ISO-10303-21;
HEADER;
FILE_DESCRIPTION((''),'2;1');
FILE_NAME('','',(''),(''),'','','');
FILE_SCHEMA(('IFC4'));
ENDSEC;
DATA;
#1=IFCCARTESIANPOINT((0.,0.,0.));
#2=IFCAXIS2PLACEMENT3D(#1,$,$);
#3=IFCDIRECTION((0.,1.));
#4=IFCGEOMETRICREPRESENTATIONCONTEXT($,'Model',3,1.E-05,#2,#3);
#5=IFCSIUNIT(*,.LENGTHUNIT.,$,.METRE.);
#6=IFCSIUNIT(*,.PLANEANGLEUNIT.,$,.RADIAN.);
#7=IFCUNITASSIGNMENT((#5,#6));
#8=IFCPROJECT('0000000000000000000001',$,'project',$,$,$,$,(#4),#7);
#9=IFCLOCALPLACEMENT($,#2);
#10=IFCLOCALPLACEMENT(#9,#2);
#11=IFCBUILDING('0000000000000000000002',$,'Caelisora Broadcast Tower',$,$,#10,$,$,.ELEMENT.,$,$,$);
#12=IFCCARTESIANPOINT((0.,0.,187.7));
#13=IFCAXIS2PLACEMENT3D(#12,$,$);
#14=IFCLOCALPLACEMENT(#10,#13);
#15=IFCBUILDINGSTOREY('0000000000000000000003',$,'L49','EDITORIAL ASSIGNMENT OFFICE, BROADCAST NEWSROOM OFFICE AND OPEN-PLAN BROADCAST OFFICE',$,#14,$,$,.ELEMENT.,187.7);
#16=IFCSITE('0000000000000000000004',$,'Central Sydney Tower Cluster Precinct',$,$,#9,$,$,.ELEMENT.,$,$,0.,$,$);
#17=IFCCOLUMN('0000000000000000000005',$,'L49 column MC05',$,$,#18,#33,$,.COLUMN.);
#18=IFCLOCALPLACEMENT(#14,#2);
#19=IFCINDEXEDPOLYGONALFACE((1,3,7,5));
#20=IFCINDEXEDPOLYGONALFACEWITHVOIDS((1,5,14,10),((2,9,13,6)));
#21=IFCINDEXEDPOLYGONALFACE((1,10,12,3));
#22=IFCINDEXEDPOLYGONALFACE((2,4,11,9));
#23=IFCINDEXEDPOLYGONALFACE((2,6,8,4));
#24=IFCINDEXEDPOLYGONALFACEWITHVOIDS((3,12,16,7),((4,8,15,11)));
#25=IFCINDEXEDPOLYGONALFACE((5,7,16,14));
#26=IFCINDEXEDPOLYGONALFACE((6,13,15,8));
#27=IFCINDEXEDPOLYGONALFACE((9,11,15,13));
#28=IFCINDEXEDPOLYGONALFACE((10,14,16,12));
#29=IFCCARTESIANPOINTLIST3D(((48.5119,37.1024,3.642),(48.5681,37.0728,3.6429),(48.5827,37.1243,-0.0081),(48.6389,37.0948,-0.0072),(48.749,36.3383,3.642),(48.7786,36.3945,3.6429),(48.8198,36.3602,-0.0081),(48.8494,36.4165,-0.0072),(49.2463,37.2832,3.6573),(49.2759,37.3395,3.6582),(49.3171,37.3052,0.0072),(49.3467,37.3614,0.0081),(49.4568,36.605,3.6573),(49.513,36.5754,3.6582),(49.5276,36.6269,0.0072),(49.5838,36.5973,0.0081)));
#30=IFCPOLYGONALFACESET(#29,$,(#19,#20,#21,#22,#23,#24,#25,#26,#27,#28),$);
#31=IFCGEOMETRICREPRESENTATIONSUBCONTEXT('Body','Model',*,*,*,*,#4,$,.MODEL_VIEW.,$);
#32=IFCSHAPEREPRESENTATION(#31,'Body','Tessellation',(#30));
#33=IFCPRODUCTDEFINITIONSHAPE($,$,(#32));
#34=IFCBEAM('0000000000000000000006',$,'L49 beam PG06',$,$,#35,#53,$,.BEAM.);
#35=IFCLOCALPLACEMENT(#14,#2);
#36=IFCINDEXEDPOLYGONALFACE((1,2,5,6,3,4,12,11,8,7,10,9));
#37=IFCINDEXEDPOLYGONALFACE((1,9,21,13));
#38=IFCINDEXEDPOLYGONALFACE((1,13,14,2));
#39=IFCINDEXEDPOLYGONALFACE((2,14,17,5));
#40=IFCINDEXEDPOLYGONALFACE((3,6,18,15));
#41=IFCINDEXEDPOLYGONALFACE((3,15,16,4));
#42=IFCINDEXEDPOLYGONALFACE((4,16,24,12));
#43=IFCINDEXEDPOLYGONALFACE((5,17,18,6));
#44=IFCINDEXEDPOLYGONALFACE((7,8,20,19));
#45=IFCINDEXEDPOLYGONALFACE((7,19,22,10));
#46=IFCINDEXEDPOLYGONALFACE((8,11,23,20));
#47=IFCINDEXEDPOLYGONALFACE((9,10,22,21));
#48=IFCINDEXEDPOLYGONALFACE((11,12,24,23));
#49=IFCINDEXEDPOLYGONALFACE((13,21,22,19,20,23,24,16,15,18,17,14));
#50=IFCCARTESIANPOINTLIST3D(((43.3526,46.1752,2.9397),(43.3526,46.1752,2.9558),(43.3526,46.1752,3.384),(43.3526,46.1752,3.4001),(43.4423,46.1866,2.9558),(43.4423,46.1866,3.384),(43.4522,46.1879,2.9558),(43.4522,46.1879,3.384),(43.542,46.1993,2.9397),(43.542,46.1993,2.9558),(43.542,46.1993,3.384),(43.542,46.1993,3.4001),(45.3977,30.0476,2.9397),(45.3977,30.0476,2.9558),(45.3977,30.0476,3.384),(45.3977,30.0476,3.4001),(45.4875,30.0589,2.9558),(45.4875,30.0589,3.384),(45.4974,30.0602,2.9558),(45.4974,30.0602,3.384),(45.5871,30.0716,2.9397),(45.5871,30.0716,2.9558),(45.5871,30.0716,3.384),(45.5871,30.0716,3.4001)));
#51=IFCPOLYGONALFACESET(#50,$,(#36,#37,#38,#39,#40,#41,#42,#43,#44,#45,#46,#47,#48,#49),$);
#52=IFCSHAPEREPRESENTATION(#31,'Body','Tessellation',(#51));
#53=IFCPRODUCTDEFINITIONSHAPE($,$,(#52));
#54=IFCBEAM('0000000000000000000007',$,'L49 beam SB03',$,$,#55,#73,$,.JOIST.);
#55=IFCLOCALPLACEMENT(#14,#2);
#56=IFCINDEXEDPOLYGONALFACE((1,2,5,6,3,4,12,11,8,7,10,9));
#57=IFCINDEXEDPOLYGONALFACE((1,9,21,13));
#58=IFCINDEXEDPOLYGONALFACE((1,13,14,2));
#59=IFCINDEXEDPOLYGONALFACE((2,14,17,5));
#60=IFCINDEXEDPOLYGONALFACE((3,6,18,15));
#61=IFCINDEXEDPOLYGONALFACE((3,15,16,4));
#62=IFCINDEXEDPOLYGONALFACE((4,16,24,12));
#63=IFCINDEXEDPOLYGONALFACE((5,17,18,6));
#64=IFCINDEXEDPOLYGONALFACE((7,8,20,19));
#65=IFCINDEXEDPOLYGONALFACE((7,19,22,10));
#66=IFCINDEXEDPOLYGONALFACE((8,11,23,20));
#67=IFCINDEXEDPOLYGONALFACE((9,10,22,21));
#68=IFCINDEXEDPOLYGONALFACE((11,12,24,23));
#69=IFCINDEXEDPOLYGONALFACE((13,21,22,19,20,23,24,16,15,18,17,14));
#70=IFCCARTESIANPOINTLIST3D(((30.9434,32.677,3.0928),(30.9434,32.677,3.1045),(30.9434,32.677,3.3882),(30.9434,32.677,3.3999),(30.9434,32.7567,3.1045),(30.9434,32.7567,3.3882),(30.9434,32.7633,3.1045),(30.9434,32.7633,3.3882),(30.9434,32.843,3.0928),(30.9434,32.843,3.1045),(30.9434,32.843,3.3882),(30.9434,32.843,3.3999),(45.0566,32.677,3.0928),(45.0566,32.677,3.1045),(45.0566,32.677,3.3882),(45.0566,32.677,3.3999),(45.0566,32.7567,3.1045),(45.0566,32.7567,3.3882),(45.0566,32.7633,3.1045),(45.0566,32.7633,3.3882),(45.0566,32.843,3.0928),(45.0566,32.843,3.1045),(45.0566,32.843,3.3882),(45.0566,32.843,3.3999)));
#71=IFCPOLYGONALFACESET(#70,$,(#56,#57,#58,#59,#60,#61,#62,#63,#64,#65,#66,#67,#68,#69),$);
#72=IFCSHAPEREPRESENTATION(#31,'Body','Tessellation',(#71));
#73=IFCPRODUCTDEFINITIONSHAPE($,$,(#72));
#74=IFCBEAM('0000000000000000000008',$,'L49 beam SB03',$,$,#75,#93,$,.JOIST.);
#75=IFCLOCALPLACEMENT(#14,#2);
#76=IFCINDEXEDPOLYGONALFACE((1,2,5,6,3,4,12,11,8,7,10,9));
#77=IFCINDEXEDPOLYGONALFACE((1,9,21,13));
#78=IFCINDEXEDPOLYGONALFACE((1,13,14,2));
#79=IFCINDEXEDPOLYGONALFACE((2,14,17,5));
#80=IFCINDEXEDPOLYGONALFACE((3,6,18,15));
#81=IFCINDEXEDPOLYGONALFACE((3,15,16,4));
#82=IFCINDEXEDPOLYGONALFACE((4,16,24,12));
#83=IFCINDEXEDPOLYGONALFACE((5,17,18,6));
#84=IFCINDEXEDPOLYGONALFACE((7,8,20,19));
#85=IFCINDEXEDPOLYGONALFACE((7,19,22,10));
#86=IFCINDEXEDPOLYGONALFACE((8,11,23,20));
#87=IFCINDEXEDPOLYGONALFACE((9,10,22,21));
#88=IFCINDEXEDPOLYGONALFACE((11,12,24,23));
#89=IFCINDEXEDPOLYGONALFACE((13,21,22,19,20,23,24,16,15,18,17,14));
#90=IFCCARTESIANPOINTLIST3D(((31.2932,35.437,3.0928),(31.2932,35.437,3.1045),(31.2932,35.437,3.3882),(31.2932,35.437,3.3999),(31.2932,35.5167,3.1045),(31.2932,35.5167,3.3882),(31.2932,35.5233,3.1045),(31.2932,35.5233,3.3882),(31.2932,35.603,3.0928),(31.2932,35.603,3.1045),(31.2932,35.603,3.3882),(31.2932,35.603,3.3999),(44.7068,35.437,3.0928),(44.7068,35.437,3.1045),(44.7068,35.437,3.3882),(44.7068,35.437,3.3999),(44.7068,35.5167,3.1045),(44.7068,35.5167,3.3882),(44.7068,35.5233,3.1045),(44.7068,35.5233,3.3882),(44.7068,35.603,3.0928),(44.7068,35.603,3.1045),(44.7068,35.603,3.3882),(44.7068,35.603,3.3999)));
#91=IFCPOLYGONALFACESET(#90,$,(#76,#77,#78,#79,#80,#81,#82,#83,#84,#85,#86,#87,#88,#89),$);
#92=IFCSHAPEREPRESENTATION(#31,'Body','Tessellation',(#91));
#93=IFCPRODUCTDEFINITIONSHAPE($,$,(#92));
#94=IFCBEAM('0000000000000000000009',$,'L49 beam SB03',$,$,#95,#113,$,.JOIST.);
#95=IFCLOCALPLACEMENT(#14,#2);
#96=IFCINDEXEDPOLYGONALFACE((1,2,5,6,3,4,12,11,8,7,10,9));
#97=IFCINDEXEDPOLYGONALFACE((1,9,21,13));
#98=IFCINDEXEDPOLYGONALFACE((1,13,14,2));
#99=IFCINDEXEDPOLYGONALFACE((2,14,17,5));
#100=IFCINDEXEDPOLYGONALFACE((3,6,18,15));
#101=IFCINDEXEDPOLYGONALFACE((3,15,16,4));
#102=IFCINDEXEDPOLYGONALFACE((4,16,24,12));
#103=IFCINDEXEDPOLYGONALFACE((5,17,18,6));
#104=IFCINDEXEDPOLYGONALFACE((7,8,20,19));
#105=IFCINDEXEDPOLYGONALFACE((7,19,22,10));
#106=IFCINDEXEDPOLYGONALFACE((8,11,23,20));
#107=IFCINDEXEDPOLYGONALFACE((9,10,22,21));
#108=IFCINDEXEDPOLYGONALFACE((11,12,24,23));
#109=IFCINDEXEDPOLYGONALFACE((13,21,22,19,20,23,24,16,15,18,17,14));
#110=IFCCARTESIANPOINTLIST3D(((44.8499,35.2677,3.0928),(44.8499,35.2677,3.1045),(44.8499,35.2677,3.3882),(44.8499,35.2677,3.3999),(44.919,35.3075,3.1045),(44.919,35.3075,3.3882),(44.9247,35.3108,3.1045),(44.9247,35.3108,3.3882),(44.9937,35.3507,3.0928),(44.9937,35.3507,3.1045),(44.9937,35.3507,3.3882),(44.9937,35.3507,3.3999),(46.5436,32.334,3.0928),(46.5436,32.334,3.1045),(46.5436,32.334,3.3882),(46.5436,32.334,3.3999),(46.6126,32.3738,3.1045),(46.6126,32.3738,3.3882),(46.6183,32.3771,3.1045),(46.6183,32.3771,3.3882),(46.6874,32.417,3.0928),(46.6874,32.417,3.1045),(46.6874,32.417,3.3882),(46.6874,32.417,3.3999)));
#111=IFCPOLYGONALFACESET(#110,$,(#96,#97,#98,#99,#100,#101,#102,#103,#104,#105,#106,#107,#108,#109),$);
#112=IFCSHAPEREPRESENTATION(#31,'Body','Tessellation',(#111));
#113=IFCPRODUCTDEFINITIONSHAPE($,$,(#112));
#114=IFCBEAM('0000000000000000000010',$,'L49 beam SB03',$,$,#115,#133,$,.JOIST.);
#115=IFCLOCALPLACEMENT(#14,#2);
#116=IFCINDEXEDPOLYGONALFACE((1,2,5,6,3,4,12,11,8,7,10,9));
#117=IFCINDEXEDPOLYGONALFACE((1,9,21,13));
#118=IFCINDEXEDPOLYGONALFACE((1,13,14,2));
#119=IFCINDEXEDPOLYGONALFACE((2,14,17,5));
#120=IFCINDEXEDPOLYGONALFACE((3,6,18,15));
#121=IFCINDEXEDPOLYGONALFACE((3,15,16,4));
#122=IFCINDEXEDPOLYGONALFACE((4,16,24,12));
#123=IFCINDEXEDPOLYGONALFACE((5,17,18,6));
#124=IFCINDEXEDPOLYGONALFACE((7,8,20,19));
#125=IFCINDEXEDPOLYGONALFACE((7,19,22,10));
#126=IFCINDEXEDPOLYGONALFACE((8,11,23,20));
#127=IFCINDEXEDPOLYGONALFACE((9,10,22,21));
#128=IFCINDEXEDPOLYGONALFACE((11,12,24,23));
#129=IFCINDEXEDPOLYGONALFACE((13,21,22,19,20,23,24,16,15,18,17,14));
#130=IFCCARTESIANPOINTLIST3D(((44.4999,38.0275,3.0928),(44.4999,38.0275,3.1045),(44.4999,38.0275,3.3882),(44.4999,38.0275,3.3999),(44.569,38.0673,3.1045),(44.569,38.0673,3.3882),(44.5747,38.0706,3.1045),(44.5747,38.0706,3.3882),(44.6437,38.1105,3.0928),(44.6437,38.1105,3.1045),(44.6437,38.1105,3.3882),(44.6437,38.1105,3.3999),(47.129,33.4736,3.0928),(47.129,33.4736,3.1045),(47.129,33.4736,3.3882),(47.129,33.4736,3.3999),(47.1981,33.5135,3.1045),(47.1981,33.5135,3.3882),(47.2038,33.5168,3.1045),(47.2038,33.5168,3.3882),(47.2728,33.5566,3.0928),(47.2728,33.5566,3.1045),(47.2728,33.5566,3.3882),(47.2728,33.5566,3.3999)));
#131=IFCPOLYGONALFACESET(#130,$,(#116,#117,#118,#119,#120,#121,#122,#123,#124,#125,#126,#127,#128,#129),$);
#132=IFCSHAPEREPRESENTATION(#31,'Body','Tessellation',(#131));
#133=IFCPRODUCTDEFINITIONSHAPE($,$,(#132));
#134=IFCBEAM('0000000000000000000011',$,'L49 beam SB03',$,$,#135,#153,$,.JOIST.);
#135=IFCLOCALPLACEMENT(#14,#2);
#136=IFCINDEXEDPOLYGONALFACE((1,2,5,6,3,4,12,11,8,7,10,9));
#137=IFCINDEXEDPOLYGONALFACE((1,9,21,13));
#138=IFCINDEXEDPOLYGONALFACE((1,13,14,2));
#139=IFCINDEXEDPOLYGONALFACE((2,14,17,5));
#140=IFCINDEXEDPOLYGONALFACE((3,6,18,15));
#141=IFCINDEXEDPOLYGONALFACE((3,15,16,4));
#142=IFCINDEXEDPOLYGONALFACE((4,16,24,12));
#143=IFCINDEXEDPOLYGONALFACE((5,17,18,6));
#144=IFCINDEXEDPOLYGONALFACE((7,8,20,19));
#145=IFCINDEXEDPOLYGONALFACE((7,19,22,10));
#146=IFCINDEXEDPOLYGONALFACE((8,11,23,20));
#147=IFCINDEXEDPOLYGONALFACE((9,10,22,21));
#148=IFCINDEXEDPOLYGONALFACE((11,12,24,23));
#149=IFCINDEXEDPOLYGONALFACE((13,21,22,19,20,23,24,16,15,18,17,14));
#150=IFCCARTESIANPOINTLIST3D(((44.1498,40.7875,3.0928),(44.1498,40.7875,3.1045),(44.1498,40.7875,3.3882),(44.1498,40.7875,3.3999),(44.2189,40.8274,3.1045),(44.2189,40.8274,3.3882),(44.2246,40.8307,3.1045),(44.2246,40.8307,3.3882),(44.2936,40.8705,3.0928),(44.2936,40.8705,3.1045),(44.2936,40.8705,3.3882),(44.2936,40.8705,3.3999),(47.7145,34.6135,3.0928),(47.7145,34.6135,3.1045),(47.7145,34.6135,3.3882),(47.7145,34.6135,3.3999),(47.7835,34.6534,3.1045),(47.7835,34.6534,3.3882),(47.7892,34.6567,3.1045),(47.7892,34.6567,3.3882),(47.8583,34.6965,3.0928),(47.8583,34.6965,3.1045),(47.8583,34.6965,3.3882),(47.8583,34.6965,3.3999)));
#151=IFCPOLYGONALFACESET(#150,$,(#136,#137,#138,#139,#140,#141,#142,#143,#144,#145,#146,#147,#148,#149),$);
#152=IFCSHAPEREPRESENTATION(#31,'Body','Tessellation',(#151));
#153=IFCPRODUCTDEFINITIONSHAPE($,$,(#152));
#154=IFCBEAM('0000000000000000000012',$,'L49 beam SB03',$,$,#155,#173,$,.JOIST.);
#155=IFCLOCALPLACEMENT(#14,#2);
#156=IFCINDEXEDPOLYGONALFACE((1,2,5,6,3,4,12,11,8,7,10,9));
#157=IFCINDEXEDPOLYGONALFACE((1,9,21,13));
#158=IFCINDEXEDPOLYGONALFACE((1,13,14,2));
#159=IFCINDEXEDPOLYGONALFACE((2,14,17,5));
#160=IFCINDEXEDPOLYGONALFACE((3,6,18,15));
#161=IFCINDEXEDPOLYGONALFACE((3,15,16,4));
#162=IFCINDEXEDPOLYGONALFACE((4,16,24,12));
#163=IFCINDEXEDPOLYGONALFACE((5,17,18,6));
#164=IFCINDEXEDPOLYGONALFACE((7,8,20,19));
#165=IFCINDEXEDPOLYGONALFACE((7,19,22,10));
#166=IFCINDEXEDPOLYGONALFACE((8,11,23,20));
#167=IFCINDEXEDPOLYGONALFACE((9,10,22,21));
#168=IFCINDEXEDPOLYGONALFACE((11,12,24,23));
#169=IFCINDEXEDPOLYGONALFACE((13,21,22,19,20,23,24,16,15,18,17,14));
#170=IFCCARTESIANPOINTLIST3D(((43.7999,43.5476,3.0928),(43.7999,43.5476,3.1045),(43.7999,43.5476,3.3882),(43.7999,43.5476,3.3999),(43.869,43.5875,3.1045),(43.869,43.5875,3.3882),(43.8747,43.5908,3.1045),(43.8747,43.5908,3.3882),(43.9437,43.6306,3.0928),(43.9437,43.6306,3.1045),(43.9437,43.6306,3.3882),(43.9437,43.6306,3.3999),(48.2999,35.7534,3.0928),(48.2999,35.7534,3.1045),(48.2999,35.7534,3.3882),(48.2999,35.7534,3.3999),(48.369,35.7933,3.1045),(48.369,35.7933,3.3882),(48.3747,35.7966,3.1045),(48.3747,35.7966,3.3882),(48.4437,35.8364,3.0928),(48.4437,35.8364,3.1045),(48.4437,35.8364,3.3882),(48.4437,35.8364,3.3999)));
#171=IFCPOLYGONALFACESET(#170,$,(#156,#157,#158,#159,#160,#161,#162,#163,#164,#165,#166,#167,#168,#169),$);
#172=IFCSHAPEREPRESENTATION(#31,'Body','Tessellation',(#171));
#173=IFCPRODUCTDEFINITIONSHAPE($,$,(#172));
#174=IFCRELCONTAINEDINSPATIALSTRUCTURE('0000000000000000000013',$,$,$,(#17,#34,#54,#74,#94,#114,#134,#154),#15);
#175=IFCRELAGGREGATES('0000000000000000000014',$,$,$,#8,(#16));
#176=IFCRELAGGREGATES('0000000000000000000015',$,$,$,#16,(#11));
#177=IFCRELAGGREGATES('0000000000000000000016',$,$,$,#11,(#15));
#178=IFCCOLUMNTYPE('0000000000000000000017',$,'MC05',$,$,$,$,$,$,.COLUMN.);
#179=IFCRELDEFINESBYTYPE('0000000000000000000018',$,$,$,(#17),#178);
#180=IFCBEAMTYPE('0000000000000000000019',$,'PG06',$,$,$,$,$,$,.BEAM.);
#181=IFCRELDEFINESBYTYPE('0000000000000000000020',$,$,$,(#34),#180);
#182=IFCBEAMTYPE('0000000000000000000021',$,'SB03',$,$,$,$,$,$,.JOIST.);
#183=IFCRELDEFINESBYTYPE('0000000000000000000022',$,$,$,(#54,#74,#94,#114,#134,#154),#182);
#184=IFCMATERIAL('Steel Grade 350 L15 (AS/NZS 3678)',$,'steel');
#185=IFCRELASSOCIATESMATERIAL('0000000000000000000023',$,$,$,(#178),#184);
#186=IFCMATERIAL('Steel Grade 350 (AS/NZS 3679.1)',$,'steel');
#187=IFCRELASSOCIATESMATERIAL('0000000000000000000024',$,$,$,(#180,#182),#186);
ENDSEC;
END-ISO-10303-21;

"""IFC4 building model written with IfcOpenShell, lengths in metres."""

from ifc_helpers import new_model, si_unit, direction, frame, origin, origin_2d, place, context, subcontext, project, spatial, hollow_rectangle, i_section, extrude, source, transform, mapped, material, material_profile, profile_set, type_object, type_shapes, element, save


model = new_model("IFC4")

# Units and contexts
model_context = context("Model", 3, precision=1e-05, world=origin(), true_north=direction((0.0, 1.0)))
body_context = subcontext(model_context, "Body", "Model", "MODEL_VIEW")
ifc_project = project(units=[si_unit("LENGTHUNIT", "METRE"), si_unit("PLANEANGLEUNIT", "RADIAN")], contexts=[model_context])

# Site, building, storey
site_placement = place(None, origin())
site = spatial("IfcSite", under=ifc_project, at=site_placement, Name="Central Sydney Tower Cluster Precinct", CompositionType="ELEMENT", RefElevation=0.0)
building_placement = place(site_placement, origin())
building = spatial("IfcBuilding", under=site, at=building_placement, Name="Caelisora Broadcast Tower", CompositionType="ELEMENT")
storey_placement = place(building_placement, frame((0.0, 0.0, 187.7)))
storey = spatial("IfcBuildingStorey", under=building, at=storey_placement, Name="L49", Description="EDITORIAL ASSIGNMENT OFFICE, BROADCAST NEWSROOM OFFICE AND OPEN-PLAN BROADCAST OFFICE", CompositionType="ELEMENT", Elevation=187.7)

# Column
ifc_material_1 = material(Name="Steel Grade 350 L15 (AS/NZS 3678)", Category="steel")
ifc_material_profile_1 = material_profile(ifc_material_1, hollow_rectangle(XDim=0.8, YDim=0.8, WallThickness=0.0449, at=origin_2d()), Name="Steel Grade 350 L15 (AS/NZS 3678)")
ifc_profile_set_1 = profile_set([ifc_material_profile_1], Name="Steel Grade 350 L15 (AS/NZS 3678)")
column_type = type_object("IfcColumnType", Name="MC05", PredefinedType="COLUMN", material=ifc_profile_set_1)
shared_shape_1 = source(origin(), body_context, "Body", "SweptSolid", [
    extrude(hollow_rectangle(XDim=0.8, YDim=0.8, WallThickness=0.0449, at=origin_2d()), origin(), (0.0, 0.0, 1.0), 3.6509),
])
type_shapes(column_type, [shared_shape_1])
column_placement = place(storey_placement, frame((49.0833, 36.8608, 0.0), z_axis=(-0.019393, -0.006018, 0.999794), x_axis=(0.296399, -0.955064, 0.0)))
element("IfcColumn", 1, at=column_placement, inside=storey, type_object=column_type, Name="L49 column MC05", PredefinedType="COLUMN", context=body_context, shape_type="MappedRepresentation", body=[
    mapped(shared_shape_1, transform((0.0, 0.0, 0.0), scale=1.0)),
])

# Beams
ifc_material_2 = material(Name="Steel Grade 350 (AS/NZS 3679.1)", Category="steel")
ifc_material_profile_2 = material_profile(ifc_material_2, i_section(OverallWidth=0.1909, OverallDepth=0.4604, WebThickness=0.01, FlangeThickness=0.0161, at=origin_2d()), Name="Steel Grade 350 (AS/NZS 3679.1)")
ifc_profile_set_2 = profile_set([ifc_material_profile_2], Name="Steel Grade 350 (AS/NZS 3679.1)")
beam_type_1 = type_object("IfcBeamType", Name="PG06", PredefinedType="BEAM", material=ifc_profile_set_2)
shared_shape_2 = source(origin(), body_context, "Body", "SweptSolid", [
    extrude(i_section(OverallWidth=0.1909, OverallDepth=0.4604, WebThickness=0.01, FlangeThickness=0.0161, at=origin_2d()), origin(), (0.0, 0.0, 1.0), 16.2568),
])
type_shapes(beam_type_1, [shared_shape_2])
beam_1_placement = place(storey_placement, frame((45.4924, 30.0596, 3.1699), z_axis=(-0.125803, 0.992055, 0.0), x_axis=(-0.992055, -0.125803, 0.0)))
element("IfcBeam", 2, at=beam_1_placement, inside=storey, type_object=beam_type_1, Name="L49 beam PG06", PredefinedType="BEAM", context=body_context, shape_type="MappedRepresentation", body=[
    mapped(shared_shape_2, transform((0.0, 0.0, 0.0), scale=1.0)),
])
ifc_material_profile_3 = material_profile(ifc_material_2, i_section(OverallWidth=0.166, OverallDepth=0.3071, WebThickness=0.0066, FlangeThickness=0.0117, at=origin_2d()), Name="Steel Grade 350 (AS/NZS 3679.1)")
ifc_profile_set_3 = profile_set([ifc_material_profile_3], Name="Steel Grade 350 (AS/NZS 3679.1)")
beam_type_2 = type_object("IfcBeamType", Name="SB03", PredefinedType="JOIST", material=ifc_profile_set_3)
shared_shape_3 = source(origin(), body_context, "Body", "SweptSolid", [
    extrude(i_section(OverallWidth=0.166, OverallDepth=0.3071, WebThickness=0.0066, FlangeThickness=0.0117, at=origin_2d()), origin(), (0.0, 0.0, 1.0), 14.1133),
])
beam_2_placement = place(storey_placement, frame((45.0566, 32.76, 3.2463), z_axis=(-1.0, 0.0, 0.0), x_axis=(0.0, -1.0, 0.0)))
element("IfcBeam", 3, at=beam_2_placement, inside=storey, type_object=beam_type_2, Name="L49 beam SB03", PredefinedType="JOIST", context=body_context, shape_type="MappedRepresentation", body=[
    mapped(shared_shape_3, transform((0.0, 0.0, 0.0), scale=1.0)),
])
shared_shape_4 = source(origin(), body_context, "Body", "SweptSolid", [
    extrude(i_section(OverallWidth=0.166, OverallDepth=0.3071, WebThickness=0.0066, FlangeThickness=0.0117, at=origin_2d()), origin(), (0.0, 0.0, 1.0), 13.4136),
])
beam_3_placement = place(storey_placement, frame((44.7068, 35.52, 3.2463), z_axis=(-1.0, 0.0, 0.0), x_axis=(0.0, -1.0, 0.0)))
element("IfcBeam", 4, at=beam_3_placement, inside=storey, type_object=beam_type_2, Name="L49 beam SB03", PredefinedType="JOIST", context=body_context, shape_type="MappedRepresentation", body=[
    mapped(shared_shape_4, transform((0.0, 0.0, 0.0), scale=1.0)),
])
shared_shape_5 = source(origin(), body_context, "Body", "SweptSolid", [
    extrude(i_section(OverallWidth=0.166, OverallDepth=0.3071, WebThickness=0.0066, FlangeThickness=0.0117, at=origin_2d()), origin(), (0.0, 0.0, 1.0), 3.3875),
])
beam_4_placement = place(storey_placement, frame((46.6155, 32.3755, 3.2463), z_axis=(-0.499976, 0.866039, 0.0), x_axis=(-0.866039, -0.499976, 0.0)))
element("IfcBeam", 5, at=beam_4_placement, inside=storey, type_object=beam_type_2, Name="L49 beam SB03", PredefinedType="JOIST", context=body_context, shape_type="MappedRepresentation", body=[
    mapped(shared_shape_5, transform((0.0, 0.0, 0.0), scale=1.0)),
])
shared_shape_6 = source(origin(), body_context, "Body", "SweptSolid", [
    extrude(i_section(OverallWidth=0.166, OverallDepth=0.3071, WebThickness=0.0066, FlangeThickness=0.0117, at=origin_2d()), origin(), (0.0, 0.0, 1.0), 5.2583),
])
beam_5_placement = place(storey_placement, frame((47.2009, 33.5151, 3.2463), z_axis=(-0.499989, 0.866032, 0.0), x_axis=(-0.866032, -0.499989, 0.0)))
element("IfcBeam", 6, at=beam_5_placement, inside=storey, type_object=beam_type_2, Name="L49 beam SB03", PredefinedType="JOIST", context=body_context, shape_type="MappedRepresentation", body=[
    mapped(shared_shape_6, transform((0.0, 0.0, 0.0), scale=1.0)),
])
shared_shape_7 = source(origin(), body_context, "Body", "SweptSolid", [
    extrude(i_section(OverallWidth=0.166, OverallDepth=0.3071, WebThickness=0.0066, FlangeThickness=0.0117, at=origin_2d()), origin(), (0.0, 0.0, 1.0), 7.1292),
])
beam_6_placement = place(storey_placement, frame((47.7864, 34.655, 3.2463), z_axis=(-0.50001, 0.86602, 0.0), x_axis=(-0.86602, -0.50001, 0.0)))
element("IfcBeam", 7, at=beam_6_placement, inside=storey, type_object=beam_type_2, Name="L49 beam SB03", PredefinedType="JOIST", context=body_context, shape_type="MappedRepresentation", body=[
    mapped(shared_shape_7, transform((0.0, 0.0, 0.0), scale=1.0)),
])
shared_shape_8 = source(origin(), body_context, "Body", "SweptSolid", [
    extrude(i_section(OverallWidth=0.166, OverallDepth=0.3071, WebThickness=0.0066, FlangeThickness=0.0117, at=origin_2d()), origin(), (0.0, 0.0, 1.0), 9.0),
])
type_shapes(beam_type_2, [shared_shape_3, shared_shape_4, shared_shape_5, shared_shape_6, shared_shape_7, shared_shape_8])
beam_7_placement = place(storey_placement, frame((48.3718, 35.7949, 3.2463), z_axis=(-0.500002, 0.866024, 0.0), x_axis=(-0.866024, -0.500002, 0.0)))
element("IfcBeam", 8, at=beam_7_placement, inside=storey, type_object=beam_type_2, Name="L49 beam SB03", PredefinedType="JOIST", context=body_context, shape_type="MappedRepresentation", body=[
    mapped(shared_shape_8, transform((0.0, 0.0, 0.0), scale=1.0)),
])

save(model, "model.ifc")
